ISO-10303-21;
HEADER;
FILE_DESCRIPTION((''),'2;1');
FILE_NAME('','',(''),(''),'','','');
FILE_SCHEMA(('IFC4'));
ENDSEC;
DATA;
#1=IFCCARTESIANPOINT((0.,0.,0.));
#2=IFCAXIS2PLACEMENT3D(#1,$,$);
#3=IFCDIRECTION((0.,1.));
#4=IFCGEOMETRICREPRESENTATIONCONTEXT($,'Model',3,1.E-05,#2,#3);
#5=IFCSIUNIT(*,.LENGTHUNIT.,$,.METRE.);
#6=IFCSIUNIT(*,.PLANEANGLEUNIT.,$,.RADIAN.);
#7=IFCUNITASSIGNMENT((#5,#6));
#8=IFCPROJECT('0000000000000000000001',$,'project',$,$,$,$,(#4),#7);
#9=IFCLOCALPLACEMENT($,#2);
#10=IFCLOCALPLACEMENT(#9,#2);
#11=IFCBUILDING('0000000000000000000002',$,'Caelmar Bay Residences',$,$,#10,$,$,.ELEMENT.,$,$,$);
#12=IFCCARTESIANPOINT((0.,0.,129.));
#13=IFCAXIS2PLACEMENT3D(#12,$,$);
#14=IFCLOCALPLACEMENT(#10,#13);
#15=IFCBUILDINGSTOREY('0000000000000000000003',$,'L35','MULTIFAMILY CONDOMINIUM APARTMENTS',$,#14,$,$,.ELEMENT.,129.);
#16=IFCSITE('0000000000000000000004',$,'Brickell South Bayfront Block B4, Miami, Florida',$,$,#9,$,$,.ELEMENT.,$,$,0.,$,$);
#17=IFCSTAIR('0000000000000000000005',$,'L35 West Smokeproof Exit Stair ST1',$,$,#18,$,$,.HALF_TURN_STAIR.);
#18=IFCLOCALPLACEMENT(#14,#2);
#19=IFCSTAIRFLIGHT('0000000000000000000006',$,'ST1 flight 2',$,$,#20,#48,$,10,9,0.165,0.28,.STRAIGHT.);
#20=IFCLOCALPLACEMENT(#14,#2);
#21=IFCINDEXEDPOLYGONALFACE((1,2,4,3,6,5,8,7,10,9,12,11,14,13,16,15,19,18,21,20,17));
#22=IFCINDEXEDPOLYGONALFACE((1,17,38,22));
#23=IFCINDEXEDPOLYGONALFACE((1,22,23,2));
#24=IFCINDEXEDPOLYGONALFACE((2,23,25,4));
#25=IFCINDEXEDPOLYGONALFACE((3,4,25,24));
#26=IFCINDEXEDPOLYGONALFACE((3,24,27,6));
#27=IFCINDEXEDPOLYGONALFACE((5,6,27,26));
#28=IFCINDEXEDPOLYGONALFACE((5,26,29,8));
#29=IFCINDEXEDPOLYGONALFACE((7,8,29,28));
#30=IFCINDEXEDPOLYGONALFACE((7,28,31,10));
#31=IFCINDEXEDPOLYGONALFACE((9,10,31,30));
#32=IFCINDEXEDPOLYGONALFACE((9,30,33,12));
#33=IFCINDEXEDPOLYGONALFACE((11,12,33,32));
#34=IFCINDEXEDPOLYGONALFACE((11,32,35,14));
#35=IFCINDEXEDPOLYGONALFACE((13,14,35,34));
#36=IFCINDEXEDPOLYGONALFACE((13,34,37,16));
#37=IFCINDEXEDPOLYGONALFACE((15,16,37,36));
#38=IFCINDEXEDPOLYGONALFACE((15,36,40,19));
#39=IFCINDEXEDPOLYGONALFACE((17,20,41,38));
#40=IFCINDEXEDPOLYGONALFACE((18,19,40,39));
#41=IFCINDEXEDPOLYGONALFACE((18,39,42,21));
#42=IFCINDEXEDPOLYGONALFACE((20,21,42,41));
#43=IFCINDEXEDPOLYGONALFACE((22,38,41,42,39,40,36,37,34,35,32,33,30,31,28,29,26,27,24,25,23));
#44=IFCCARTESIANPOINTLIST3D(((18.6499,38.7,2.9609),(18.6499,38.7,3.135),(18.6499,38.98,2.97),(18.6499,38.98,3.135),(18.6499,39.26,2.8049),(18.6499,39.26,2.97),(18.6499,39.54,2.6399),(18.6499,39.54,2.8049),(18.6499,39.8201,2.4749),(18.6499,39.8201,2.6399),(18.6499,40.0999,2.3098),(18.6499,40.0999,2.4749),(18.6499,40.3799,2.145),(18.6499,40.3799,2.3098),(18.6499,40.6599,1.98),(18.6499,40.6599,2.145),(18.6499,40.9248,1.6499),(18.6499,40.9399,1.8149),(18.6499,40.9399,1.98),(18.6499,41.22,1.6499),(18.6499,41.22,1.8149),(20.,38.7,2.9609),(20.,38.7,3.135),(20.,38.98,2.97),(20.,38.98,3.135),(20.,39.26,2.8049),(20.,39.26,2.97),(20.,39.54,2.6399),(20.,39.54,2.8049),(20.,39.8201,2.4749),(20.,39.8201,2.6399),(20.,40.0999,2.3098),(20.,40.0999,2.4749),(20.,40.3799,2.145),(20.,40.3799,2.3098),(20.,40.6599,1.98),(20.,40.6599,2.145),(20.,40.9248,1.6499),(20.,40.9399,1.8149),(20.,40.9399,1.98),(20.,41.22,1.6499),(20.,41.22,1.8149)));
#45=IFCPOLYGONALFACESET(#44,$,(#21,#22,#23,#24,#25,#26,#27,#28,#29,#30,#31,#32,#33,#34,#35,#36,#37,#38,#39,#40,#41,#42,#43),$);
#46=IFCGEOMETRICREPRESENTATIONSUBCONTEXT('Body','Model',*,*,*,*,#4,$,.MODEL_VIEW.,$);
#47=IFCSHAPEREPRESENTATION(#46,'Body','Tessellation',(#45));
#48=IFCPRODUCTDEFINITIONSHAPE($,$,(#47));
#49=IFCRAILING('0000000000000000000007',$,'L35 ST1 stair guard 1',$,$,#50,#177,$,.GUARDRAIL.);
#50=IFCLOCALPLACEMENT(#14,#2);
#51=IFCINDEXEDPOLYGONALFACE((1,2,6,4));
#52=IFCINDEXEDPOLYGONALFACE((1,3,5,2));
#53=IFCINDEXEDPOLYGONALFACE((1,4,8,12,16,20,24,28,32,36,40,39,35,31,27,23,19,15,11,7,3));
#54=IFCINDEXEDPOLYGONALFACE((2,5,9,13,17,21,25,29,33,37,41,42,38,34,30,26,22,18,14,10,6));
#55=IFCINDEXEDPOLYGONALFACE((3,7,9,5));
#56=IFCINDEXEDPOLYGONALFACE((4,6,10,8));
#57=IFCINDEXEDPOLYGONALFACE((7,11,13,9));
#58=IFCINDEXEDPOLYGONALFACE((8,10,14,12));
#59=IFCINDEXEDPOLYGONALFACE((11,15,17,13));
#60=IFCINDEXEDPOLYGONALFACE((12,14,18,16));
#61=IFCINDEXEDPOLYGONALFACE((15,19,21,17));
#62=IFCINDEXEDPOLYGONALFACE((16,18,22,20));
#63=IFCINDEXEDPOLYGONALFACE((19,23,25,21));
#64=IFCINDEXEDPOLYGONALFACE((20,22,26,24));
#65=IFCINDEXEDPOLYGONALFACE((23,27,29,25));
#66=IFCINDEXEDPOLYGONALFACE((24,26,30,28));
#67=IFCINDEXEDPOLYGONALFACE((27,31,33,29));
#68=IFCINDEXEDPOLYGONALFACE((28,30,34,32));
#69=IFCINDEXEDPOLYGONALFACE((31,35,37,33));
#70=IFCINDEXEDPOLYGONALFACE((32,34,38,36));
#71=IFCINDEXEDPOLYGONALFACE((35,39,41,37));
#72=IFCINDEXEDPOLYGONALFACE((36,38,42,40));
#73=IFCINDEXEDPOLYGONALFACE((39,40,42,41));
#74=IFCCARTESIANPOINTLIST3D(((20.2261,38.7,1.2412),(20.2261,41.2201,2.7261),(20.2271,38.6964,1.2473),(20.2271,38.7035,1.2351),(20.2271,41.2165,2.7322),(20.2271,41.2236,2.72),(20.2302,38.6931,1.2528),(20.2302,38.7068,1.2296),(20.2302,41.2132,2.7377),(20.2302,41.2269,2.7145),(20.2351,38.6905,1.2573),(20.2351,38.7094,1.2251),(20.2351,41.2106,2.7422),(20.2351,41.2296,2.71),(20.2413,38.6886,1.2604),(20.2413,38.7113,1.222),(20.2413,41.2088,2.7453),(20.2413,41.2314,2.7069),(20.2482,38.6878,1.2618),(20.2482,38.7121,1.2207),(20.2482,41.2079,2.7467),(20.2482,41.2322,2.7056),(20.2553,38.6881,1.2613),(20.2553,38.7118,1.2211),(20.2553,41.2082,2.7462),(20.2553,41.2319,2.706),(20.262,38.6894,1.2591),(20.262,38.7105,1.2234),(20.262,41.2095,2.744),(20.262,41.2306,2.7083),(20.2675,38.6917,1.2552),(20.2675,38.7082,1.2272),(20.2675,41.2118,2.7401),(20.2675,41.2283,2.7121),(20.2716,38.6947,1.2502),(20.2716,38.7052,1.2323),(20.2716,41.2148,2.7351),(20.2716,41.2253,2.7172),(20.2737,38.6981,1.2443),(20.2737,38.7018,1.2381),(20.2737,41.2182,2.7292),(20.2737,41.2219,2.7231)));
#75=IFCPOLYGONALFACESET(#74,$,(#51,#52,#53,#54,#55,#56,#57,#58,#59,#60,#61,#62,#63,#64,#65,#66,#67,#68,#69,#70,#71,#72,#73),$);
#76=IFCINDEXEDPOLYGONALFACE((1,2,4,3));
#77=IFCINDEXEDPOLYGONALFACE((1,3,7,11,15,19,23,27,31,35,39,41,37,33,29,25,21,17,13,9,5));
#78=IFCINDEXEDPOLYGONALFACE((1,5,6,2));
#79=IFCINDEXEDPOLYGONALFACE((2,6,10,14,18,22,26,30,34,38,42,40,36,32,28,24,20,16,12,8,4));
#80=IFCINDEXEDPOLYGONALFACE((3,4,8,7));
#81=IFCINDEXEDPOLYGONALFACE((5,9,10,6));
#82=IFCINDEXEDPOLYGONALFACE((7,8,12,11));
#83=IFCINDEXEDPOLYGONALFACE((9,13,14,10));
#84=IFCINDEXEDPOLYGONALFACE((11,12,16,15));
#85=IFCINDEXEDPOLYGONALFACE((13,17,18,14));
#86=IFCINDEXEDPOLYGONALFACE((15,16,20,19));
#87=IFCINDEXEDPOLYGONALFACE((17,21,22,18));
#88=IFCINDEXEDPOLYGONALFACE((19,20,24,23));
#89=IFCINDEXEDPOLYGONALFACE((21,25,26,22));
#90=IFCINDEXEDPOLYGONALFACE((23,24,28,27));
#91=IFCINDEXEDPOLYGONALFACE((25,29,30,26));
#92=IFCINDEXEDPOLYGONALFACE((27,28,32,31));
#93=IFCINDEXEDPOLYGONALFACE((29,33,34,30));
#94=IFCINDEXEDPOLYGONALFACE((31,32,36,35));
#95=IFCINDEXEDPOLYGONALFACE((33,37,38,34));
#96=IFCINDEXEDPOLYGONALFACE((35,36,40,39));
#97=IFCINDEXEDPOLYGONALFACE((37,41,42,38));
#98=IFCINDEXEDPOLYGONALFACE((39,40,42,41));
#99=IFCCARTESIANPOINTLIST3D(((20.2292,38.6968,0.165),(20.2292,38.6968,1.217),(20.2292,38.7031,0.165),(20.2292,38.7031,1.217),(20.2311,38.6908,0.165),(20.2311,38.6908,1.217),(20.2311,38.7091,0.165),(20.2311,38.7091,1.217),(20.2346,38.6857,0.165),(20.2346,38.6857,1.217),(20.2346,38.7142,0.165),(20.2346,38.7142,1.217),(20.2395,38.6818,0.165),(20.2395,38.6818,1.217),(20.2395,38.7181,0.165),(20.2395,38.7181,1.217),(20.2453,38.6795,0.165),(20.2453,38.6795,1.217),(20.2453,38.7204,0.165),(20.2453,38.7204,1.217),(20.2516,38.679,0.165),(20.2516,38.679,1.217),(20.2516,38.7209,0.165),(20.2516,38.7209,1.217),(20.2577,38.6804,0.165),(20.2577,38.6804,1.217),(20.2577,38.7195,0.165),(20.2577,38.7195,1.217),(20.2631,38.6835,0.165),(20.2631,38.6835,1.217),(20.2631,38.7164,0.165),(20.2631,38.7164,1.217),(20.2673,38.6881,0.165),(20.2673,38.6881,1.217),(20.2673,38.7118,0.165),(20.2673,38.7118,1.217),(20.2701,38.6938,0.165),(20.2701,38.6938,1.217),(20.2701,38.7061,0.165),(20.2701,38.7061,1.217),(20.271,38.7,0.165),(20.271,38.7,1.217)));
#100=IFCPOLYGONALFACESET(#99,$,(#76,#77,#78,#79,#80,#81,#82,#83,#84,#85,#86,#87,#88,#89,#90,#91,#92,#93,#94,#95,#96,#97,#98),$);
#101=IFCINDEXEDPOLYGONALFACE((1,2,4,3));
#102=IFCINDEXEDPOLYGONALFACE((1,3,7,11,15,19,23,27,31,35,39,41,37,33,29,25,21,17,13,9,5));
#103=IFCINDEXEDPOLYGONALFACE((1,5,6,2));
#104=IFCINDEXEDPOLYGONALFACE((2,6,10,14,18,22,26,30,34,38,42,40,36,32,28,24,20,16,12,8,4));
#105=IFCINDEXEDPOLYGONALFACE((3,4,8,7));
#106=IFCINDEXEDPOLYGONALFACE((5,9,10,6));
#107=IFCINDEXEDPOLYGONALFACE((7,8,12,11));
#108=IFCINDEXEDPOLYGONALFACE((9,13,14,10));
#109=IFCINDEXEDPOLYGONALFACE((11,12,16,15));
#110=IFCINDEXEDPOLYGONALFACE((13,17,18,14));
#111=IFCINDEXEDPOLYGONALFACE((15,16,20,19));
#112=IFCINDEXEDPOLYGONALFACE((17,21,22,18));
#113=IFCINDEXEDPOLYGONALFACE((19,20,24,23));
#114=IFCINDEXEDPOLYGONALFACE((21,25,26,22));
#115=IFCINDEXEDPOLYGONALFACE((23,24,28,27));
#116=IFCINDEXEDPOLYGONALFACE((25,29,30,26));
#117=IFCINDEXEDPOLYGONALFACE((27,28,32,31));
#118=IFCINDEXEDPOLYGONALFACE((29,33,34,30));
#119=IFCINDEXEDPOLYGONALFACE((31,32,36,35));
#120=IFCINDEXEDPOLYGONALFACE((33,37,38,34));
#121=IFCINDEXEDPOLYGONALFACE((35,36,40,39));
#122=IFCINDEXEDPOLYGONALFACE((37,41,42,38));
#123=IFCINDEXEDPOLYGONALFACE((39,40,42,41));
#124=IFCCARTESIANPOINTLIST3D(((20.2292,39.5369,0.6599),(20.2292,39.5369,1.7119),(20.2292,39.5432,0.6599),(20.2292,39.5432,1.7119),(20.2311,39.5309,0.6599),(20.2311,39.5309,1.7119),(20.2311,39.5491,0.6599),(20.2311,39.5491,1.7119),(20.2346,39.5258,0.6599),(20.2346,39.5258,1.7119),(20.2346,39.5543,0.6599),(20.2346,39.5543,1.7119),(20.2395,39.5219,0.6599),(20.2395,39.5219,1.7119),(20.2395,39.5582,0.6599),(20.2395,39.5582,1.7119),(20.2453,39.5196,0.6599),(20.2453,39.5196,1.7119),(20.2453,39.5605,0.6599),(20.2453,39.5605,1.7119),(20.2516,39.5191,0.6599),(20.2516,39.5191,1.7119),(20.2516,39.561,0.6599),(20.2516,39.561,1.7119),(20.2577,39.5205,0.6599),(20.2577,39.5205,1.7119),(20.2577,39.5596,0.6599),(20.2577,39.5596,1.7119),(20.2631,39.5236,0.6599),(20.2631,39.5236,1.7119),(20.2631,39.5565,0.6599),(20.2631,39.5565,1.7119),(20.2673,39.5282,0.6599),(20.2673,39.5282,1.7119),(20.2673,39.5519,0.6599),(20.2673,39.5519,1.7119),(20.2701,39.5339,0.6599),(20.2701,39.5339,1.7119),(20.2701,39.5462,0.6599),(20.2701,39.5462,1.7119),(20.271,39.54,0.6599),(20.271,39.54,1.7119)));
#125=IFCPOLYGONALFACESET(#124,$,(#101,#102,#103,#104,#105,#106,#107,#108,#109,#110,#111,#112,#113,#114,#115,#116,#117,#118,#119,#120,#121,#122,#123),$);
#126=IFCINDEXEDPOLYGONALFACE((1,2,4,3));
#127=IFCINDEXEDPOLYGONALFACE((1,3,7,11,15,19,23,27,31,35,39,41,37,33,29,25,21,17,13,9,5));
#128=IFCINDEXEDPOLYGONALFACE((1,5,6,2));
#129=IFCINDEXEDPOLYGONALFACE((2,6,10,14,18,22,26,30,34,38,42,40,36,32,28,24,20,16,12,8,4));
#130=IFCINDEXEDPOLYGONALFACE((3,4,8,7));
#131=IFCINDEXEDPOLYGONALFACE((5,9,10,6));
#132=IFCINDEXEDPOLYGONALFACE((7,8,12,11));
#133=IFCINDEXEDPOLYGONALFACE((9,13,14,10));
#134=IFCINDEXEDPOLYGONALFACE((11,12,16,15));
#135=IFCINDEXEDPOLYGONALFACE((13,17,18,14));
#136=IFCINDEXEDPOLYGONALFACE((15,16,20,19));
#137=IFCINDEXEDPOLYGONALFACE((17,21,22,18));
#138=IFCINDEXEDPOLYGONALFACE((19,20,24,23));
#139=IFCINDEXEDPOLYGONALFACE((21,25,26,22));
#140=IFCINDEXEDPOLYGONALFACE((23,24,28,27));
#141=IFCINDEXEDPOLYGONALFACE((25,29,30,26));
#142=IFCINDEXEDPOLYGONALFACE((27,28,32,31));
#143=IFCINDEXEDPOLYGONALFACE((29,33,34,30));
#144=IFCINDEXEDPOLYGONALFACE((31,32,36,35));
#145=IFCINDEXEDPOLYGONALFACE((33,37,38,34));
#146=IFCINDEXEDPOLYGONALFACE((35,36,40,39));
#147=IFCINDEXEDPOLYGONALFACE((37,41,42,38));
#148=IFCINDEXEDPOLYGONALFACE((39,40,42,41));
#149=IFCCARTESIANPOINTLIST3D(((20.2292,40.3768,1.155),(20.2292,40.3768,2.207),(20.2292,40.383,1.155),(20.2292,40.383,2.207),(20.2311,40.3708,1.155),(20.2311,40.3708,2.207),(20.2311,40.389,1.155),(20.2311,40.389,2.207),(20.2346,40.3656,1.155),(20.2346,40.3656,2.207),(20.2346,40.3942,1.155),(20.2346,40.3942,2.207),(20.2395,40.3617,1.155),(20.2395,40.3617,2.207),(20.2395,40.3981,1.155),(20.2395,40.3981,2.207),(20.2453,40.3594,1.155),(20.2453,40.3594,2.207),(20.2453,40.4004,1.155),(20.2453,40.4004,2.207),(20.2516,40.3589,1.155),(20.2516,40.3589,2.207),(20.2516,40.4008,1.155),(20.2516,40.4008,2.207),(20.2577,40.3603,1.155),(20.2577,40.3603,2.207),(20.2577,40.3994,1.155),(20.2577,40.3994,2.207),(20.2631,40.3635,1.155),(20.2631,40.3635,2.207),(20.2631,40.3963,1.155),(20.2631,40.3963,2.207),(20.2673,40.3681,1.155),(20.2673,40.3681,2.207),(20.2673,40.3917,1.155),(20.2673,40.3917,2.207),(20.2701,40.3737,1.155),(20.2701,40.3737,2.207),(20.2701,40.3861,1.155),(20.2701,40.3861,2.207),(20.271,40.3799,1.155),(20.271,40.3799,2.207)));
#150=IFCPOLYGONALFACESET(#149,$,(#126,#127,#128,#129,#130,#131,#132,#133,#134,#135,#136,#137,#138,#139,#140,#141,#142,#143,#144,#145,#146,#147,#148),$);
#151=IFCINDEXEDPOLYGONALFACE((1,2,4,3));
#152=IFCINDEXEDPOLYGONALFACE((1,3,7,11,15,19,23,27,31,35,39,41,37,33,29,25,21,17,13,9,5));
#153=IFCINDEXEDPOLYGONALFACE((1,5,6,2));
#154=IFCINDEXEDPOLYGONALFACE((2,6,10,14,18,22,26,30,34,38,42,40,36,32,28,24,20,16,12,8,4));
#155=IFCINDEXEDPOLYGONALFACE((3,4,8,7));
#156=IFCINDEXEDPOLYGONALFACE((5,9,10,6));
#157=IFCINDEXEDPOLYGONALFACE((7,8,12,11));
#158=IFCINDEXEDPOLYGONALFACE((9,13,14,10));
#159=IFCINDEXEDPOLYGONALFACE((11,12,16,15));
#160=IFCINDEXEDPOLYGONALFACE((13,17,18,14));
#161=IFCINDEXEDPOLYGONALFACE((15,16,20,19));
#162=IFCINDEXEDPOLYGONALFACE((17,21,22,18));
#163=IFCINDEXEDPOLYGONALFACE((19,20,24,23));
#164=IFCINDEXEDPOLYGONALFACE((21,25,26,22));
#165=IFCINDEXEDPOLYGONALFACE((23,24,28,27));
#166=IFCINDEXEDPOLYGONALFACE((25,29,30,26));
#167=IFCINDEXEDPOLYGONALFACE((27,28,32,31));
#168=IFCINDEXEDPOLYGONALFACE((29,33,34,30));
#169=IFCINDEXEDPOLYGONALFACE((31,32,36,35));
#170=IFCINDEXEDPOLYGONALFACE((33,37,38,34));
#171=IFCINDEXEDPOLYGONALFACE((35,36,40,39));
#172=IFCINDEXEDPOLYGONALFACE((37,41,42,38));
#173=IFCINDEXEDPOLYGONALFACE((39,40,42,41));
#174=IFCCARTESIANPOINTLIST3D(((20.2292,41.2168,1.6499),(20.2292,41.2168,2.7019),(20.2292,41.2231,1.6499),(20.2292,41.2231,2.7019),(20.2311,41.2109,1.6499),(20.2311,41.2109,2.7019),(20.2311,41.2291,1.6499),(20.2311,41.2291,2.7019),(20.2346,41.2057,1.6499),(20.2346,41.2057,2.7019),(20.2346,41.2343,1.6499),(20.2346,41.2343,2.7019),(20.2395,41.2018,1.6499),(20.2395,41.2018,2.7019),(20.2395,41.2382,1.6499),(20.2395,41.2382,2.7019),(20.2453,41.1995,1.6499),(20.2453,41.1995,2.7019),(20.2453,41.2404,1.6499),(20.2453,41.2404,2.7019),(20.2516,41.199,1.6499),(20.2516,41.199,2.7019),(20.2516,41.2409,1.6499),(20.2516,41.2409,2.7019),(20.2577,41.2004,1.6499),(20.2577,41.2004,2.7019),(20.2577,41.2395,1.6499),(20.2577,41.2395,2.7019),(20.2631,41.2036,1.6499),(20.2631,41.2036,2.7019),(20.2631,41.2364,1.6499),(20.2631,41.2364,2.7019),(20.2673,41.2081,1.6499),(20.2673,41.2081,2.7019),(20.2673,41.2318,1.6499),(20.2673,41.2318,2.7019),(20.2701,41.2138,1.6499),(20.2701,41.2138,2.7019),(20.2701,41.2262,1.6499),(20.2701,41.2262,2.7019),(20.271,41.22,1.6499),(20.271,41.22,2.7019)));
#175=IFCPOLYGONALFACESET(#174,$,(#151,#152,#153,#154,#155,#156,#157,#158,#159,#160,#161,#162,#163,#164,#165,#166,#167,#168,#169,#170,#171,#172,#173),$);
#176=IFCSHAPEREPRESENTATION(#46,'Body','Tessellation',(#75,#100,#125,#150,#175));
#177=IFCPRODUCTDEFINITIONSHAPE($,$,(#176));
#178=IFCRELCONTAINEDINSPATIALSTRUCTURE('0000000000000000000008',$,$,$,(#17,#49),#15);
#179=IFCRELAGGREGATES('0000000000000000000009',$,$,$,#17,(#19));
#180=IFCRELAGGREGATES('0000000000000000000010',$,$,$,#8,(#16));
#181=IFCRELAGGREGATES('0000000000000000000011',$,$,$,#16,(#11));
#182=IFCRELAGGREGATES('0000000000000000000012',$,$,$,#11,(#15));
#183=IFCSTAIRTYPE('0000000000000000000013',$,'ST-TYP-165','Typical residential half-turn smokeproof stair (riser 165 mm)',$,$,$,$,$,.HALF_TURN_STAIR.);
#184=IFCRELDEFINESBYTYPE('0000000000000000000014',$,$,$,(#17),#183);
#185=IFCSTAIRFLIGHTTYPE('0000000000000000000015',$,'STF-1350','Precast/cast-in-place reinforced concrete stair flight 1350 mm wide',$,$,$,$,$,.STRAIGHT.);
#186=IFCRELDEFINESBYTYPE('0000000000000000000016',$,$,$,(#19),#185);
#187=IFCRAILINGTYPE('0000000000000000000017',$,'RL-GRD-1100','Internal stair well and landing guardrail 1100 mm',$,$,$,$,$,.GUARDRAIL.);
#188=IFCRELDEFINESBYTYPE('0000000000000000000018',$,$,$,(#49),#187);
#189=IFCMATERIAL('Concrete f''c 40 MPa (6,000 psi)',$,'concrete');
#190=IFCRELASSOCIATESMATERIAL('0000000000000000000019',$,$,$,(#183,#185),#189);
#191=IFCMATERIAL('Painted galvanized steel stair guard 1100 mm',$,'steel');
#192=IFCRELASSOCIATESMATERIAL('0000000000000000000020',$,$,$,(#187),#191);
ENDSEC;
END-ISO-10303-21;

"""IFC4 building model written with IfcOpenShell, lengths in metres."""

from ifc_helpers import new_model, si_unit, direction, frame, origin, origin_2d, place, context, subcontext, project, spatial, polyline, circle, outline, extrude, material, type_object, element, aggregate, save


model = new_model("IFC4")

# Units and contexts
model_context = context("Model", 3, precision=1e-05, world=origin(), true_north=direction((0.0, 1.0)))
body_context = subcontext(model_context, "Body", "Model", "MODEL_VIEW")
ifc_project = project(units=[si_unit("LENGTHUNIT", "METRE"), si_unit("PLANEANGLEUNIT", "RADIAN")], contexts=[model_context])

# Site, building, storey
site_placement = place(None, origin())
site = spatial("IfcSite", under=ifc_project, at=site_placement, Name="Brickell South Bayfront Block B4, Miami, Florida", CompositionType="ELEMENT", RefElevation=0.0)
building_placement = place(site_placement, origin())
building = spatial("IfcBuilding", under=site, at=building_placement, Name="Caelmar Bay Residences", CompositionType="ELEMENT")
storey_placement = place(building_placement, frame((0.0, 0.0, 129.0)))
storey = spatial("IfcBuildingStorey", under=building, at=storey_placement, Name="L35", Description="MULTIFAMILY CONDOMINIUM APARTMENTS", CompositionType="ELEMENT", Elevation=129.0)

# Stair, stair flight
ifc_material_1 = material(Name="Concrete f'c 40 MPa (6,000 psi)", Category="concrete")
stair_type = type_object("IfcStairType", Name="ST-TYP-165", Description="Typical residential half-turn smokeproof stair (riser 165 mm)", PredefinedType="HALF_TURN_STAIR", material=ifc_material_1)
stair_placement = place(storey_placement, origin())
stair = element("IfcStair", 1, at=stair_placement, inside=storey, type_object=stair_type, Name="L35 West Smokeproof Exit Stair ST1", PredefinedType="HALF_TURN_STAIR")
stair_flight_type = type_object("IfcStairFlightType", Name="STF-1350", Description="Precast/cast-in-place reinforced concrete stair flight 1350 mm wide", PredefinedType="STRAIGHT", material=ifc_material_1)
stair_flight_1_placement = place(storey_placement, frame((19.325, 41.22, 1.6499), z_axis=(0.0, 0.0, 1.0), x_axis=(0.0, -1.0, 0.0)))
stair_flight_1 = element("IfcStairFlight", 2, at=stair_flight_1_placement, type_object=stair_flight_type, Name="ST1 flight 2", NumberOfRisers=10, NumberOfTreads=9, PredefinedType="STRAIGHT", RiserHeight=0.165, TreadLength=0.28, context=body_context, shape_type="SweptSolid", body=[
    extrude(outline(polyline([(0.0, 0.0), (0.0, 0.165), (0.28, 0.165), (0.28, 0.3301), (0.5601, 0.3301), (0.5601, 0.4951), (0.8401, 0.4951), (0.8401, 0.6599), (1.1201, 0.6599), (1.1201, 0.825), (1.3999, 0.825), (1.3999, 0.99), (1.6799, 0.99), (1.6799, 1.155), (1.96, 1.155), (1.96, 1.3201), (2.24, 1.3201), (2.24, 1.4851), (2.52, 1.4851), (2.52, 1.6499), (2.52, 1.311), (0.2952, 0.0), (0.0, 0.0)])), frame((0.0, 0.675, 0.0), z_axis=(0.0, -1.0, 0.0), x_axis=(1.0, 0.0, 0.0)), (0.0, 0.0, 1.0), 1.3501),
])
aggregate(stair, [stair_flight_1])

# Railing
ifc_material_2 = material(Name="Painted galvanized steel stair guard 1100 mm", Category="steel")
railing_type_1 = type_object("IfcRailingType", Name="RL-GRD-1100", Description="Internal stair well and landing guardrail 1100 mm", PredefinedType="GUARDRAIL", material=ifc_material_2)
railing_1_placement = place(storey_placement, frame((20.25, 38.7, 0.165)))
element("IfcRailing", 3, at=railing_1_placement, inside=storey, type_object=railing_type_1, Name="L35 ST1 stair guard 1", PredefinedType="GUARDRAIL", context=body_context, shape_type="SweptSolid", body=[
    extrude(circle(Radius=0.0239, at=origin_2d()), frame((0.0, 0.0, 1.0762), z_axis=(0.0, 0.861561, 0.507655), x_axis=(-1.0, 0.0, 0.0)), (0.0, 0.0, 1.0), 2.925),
    extrude(circle(Radius=0.021, at=origin_2d()), origin(), (0.0, 0.0, 1.0), 1.052),
    extrude(circle(Radius=0.021, at=origin_2d()), frame((0.0, 0.8401, 0.4949)), (0.0, 0.0, 1.0), 1.052),
    extrude(circle(Radius=0.021, at=origin_2d()), frame((0.0, 1.6799, 0.99)), (0.0, 0.0, 1.0), 1.052),
    extrude(circle(Radius=0.021, at=origin_2d()), frame((0.0, 2.52, 1.4849)), (0.0, 0.0, 1.0), 1.052),
])

save(model, "model.ifc")
